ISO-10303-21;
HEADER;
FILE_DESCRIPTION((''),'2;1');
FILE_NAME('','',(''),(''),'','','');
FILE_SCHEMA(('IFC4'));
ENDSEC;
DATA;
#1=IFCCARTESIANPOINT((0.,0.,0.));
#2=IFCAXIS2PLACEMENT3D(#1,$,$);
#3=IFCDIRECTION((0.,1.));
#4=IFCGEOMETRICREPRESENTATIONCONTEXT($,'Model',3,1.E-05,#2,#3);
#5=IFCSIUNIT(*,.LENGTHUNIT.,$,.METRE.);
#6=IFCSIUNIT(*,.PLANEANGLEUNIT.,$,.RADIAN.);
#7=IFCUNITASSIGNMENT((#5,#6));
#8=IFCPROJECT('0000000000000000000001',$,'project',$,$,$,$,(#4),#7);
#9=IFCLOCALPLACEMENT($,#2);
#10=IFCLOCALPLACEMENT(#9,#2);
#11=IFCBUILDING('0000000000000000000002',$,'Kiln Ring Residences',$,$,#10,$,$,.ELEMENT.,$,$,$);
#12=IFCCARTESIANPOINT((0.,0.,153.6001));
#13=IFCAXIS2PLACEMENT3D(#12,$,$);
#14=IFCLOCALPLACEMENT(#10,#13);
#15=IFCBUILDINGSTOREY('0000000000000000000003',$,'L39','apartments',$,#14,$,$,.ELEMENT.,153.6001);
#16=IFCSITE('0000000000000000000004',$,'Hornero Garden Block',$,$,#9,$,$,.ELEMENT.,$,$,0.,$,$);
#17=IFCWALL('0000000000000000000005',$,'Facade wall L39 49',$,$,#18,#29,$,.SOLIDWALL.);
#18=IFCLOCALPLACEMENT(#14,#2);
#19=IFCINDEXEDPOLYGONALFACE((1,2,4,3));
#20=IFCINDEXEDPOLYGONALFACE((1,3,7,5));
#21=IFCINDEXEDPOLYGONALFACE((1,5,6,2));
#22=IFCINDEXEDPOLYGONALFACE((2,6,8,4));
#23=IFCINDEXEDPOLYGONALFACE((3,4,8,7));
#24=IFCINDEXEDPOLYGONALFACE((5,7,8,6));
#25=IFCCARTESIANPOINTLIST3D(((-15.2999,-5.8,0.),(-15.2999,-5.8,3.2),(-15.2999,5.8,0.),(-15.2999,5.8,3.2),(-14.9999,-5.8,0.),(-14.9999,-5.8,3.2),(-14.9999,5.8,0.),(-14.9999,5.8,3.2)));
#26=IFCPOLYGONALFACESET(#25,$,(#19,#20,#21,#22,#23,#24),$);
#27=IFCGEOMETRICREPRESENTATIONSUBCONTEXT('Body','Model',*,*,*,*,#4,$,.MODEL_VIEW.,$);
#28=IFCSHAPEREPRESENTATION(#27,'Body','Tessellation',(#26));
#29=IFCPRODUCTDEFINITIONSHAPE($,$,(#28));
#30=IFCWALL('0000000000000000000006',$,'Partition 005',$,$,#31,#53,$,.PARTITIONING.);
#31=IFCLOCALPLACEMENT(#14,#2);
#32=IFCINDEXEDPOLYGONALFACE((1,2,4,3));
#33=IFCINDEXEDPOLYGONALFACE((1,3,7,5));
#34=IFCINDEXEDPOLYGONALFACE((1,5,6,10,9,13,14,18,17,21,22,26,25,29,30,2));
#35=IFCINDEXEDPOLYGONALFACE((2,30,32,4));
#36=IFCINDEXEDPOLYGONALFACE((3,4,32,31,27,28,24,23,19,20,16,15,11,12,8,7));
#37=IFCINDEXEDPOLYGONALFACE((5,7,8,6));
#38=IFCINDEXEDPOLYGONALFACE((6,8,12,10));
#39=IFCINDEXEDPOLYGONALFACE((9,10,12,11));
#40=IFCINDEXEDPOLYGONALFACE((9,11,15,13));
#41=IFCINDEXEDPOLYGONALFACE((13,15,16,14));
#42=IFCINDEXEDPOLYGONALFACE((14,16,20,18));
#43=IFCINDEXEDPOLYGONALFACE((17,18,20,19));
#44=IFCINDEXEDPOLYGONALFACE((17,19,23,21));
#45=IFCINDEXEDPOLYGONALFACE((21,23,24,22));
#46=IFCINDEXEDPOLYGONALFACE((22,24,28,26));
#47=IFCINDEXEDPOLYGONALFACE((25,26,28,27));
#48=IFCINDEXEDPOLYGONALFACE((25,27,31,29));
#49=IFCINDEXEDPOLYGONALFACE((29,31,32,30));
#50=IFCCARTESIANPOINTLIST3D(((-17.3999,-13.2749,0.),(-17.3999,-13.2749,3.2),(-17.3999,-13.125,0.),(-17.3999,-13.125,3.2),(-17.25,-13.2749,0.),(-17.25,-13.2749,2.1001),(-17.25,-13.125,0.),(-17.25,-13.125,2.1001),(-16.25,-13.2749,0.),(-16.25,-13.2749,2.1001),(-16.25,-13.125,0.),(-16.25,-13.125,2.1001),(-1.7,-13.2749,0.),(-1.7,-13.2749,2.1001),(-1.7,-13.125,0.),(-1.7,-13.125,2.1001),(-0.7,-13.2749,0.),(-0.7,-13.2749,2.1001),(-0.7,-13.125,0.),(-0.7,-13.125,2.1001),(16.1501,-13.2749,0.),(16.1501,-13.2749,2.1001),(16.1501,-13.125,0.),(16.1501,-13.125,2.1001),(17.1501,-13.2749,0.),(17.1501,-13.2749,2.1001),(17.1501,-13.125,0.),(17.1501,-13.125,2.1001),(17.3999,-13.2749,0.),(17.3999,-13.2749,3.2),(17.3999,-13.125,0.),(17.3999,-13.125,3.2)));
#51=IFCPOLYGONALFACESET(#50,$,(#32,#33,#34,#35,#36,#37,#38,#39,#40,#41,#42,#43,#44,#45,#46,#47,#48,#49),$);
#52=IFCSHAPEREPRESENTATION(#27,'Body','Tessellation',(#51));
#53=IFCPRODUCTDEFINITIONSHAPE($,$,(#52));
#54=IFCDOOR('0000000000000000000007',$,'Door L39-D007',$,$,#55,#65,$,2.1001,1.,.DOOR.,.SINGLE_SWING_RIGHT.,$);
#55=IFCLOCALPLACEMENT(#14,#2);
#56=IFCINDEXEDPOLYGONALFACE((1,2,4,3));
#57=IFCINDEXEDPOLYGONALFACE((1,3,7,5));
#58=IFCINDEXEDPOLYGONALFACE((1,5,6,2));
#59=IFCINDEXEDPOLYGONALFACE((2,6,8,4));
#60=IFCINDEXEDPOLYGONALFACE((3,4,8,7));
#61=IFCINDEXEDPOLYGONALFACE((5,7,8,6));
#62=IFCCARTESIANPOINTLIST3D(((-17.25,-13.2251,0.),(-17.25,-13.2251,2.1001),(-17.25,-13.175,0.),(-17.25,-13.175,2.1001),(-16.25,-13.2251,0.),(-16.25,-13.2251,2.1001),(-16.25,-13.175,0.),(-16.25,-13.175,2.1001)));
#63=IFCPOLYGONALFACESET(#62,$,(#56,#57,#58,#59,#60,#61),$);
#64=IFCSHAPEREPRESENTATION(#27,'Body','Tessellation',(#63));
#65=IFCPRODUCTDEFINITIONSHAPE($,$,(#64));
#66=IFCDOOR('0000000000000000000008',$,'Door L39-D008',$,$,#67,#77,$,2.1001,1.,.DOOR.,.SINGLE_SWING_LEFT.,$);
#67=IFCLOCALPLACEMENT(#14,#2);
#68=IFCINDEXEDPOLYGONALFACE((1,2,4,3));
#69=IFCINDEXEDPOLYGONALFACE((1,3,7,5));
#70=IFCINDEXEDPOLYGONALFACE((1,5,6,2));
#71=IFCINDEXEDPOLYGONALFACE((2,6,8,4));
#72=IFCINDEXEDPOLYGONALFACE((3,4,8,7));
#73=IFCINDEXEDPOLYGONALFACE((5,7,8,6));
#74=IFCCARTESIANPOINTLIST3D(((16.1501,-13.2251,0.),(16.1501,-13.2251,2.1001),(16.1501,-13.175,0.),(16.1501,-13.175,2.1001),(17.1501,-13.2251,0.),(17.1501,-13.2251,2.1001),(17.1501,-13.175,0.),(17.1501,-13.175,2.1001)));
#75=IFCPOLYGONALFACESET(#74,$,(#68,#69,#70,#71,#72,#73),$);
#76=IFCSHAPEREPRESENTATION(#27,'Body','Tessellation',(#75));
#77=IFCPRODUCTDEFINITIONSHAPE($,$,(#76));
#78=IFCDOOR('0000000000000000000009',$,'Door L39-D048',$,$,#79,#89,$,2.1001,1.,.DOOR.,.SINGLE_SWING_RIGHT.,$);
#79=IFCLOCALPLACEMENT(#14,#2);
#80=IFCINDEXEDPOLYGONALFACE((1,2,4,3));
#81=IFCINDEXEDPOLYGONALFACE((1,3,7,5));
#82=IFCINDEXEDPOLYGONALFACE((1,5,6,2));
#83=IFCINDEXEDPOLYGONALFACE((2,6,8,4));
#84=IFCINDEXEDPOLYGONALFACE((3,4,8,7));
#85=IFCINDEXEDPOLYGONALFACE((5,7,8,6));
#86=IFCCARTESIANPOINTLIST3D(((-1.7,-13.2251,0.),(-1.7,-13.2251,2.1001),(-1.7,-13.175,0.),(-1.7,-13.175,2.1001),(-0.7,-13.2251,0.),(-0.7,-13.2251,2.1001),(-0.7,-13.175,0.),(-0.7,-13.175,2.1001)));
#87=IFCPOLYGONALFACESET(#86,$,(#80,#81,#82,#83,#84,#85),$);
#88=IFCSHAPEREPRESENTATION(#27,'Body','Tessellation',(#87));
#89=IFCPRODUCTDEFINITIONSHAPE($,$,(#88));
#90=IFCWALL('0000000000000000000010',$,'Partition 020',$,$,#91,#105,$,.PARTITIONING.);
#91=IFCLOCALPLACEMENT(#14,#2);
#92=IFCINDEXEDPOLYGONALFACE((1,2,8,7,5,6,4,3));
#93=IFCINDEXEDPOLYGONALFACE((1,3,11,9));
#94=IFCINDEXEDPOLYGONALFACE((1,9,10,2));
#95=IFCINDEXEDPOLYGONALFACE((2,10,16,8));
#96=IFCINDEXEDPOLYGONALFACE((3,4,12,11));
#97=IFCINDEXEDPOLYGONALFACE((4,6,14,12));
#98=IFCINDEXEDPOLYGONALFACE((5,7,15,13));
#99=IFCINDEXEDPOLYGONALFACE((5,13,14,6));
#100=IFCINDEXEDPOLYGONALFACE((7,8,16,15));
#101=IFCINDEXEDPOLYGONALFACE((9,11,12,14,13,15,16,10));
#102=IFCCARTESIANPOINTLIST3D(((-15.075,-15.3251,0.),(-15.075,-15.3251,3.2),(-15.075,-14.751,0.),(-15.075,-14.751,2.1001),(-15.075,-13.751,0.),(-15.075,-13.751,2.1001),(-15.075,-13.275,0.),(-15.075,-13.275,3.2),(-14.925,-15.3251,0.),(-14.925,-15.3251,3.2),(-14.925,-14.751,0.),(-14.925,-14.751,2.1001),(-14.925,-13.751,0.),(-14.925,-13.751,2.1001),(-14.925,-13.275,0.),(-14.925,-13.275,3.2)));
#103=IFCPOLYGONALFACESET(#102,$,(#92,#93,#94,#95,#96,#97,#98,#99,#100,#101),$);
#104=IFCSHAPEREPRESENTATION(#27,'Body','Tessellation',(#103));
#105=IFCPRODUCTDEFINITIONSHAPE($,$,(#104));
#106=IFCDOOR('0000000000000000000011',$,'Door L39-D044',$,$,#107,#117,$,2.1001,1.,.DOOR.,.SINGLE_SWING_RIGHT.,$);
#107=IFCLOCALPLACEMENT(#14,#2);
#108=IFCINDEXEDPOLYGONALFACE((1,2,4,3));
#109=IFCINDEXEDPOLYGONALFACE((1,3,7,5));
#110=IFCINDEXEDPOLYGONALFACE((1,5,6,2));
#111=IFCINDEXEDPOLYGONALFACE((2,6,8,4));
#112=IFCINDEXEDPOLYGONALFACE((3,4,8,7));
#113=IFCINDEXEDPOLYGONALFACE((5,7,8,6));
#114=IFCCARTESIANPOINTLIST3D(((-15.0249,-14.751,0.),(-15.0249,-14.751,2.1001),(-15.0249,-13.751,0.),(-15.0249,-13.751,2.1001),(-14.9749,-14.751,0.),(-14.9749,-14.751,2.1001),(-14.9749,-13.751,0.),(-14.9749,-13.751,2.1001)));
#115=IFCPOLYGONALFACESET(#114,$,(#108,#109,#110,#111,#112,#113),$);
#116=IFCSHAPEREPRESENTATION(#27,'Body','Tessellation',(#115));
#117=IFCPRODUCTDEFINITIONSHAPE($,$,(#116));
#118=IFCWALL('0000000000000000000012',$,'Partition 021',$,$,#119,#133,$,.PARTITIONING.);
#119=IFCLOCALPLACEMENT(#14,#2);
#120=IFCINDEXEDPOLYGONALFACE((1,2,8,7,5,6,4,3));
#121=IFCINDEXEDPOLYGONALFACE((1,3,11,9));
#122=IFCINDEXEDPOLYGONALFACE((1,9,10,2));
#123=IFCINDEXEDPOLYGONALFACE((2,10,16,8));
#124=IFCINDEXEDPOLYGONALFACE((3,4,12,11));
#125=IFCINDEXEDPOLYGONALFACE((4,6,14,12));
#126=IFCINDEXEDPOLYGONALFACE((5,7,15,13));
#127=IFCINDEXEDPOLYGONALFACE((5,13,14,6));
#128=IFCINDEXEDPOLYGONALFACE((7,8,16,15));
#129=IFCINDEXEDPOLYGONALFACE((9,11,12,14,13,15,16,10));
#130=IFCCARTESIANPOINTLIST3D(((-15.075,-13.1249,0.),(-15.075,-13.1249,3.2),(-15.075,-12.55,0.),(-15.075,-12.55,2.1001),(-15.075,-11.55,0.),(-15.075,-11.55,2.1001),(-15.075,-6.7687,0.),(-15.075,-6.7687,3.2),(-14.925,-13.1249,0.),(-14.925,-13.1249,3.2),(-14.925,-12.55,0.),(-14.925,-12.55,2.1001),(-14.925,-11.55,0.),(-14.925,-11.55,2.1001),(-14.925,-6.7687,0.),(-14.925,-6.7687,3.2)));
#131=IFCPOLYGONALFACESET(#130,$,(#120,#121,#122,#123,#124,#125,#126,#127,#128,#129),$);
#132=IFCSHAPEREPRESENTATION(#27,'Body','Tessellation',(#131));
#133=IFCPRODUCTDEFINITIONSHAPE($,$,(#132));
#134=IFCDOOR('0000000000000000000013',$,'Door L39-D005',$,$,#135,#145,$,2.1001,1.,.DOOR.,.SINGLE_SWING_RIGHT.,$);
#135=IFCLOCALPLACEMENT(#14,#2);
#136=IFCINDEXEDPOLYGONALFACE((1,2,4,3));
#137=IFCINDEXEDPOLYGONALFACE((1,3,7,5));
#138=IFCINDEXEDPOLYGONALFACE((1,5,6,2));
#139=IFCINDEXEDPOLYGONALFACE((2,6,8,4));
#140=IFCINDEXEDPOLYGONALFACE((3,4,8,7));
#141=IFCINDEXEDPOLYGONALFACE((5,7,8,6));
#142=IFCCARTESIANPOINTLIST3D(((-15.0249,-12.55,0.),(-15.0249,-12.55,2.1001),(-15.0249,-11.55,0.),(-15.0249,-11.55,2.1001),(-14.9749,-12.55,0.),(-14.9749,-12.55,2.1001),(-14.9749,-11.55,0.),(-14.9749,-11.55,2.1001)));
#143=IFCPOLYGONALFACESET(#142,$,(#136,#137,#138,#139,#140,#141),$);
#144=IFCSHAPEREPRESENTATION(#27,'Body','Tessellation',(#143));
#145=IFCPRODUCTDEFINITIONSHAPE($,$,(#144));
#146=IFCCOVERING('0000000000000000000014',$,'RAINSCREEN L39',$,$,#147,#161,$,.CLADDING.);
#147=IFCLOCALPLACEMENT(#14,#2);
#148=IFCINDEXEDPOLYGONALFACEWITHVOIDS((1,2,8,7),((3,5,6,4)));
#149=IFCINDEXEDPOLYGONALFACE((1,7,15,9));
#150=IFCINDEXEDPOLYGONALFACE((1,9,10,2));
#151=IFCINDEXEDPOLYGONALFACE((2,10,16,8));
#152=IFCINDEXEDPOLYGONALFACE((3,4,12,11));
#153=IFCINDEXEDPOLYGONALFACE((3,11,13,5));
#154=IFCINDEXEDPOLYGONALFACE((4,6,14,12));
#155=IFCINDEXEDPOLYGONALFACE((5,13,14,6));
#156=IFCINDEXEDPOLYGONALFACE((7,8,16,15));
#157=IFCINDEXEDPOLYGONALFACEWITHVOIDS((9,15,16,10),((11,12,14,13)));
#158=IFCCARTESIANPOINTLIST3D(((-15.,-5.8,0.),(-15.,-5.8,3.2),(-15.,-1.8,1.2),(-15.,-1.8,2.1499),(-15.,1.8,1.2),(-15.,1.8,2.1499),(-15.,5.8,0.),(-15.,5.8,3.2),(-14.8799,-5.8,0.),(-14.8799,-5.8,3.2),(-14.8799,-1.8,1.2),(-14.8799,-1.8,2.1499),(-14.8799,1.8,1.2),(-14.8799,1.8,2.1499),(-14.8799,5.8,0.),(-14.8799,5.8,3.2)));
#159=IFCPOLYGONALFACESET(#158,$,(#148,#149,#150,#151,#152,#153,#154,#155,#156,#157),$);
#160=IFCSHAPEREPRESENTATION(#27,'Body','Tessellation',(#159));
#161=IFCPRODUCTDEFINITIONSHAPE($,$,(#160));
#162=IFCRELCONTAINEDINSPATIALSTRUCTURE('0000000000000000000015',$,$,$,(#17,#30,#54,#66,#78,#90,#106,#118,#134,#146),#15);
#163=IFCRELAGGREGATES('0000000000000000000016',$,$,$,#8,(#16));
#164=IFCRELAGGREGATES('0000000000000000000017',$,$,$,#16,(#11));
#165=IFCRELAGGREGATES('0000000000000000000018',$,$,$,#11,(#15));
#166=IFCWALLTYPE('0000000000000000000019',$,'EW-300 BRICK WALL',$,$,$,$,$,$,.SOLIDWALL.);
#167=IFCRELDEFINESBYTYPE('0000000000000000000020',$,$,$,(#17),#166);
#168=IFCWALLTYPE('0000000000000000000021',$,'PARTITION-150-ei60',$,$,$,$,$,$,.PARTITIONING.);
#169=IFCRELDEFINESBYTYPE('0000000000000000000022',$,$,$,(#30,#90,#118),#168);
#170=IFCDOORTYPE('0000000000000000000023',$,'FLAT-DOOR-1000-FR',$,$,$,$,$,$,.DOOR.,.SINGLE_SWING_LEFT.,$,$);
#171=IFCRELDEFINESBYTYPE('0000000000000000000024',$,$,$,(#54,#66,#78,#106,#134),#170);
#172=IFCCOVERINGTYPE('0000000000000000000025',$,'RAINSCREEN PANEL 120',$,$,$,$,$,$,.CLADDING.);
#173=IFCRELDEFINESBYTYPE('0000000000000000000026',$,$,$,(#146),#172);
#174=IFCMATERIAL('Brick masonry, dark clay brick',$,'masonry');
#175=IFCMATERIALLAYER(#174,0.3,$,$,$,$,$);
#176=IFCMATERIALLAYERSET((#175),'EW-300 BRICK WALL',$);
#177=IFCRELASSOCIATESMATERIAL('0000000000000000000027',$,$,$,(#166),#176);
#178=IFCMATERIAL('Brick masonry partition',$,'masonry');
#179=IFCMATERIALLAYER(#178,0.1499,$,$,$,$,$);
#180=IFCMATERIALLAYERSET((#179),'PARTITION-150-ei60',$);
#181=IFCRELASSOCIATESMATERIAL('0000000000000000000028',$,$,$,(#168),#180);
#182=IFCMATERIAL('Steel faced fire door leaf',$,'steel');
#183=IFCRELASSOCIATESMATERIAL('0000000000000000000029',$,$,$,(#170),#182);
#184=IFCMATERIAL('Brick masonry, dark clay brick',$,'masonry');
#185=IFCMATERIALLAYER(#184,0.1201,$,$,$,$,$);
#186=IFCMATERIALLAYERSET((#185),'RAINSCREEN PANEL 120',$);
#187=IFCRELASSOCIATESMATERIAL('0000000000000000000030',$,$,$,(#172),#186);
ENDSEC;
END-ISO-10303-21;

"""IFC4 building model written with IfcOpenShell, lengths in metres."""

from ifc_helpers import new_model, si_unit, direction, frame, frame_2d, origin, place, context, subcontext, project, spatial, polyline, rectangle, outline, extrude, material, layer, layer_set, type_object, element, fill, save


model = new_model("IFC4")

# Units and contexts
model_context = context("Model", 3, precision=1e-05, world=origin(), true_north=direction((0.0, 1.0)))
body_context = subcontext(model_context, "Body", "Model", "MODEL_VIEW")
ifc_project = project(units=[si_unit("LENGTHUNIT", "METRE"), si_unit("PLANEANGLEUNIT", "RADIAN")], contexts=[model_context])

# Site, building, storey
site_placement = place(None, origin())
site = spatial("IfcSite", under=ifc_project, at=site_placement, Name="Hornero Garden Block", CompositionType="ELEMENT", RefElevation=0.0)
building_placement = place(site_placement, origin())
building = spatial("IfcBuilding", under=site, at=building_placement, Name="Kiln Ring Residences", CompositionType="ELEMENT")
storey_placement = place(building_placement, frame((0.0, 0.0, 153.6001)))
storey = spatial("IfcBuildingStorey", under=building, at=storey_placement, Name="L39", Description="apartments", CompositionType="ELEMENT", Elevation=153.6001)

# Wall
ifc_material_1 = material(Name="Brick masonry, dark clay brick", Category="masonry")
ifc_layer_1 = layer(ifc_material_1, 0.3)
ifc_layer_set_1 = layer_set([ifc_layer_1], Name="EW-300 BRICK WALL")
wall_type_1 = type_object("IfcWallType", Name="EW-300 BRICK WALL", PredefinedType="SOLIDWALL", material=ifc_layer_set_1)
wall_1_placement = place(storey_placement, frame((-15.1499, -5.8, 0.0), z_axis=(0.0, 0.0, 1.0), x_axis=(0.0, 1.0, 0.0)))
element("IfcWall", 1, at=wall_1_placement, inside=storey, type_object=wall_type_1, Name="Facade wall L39 49", PredefinedType="SOLIDWALL", context=body_context, shape_type="SweptSolid", body=[
    extrude(rectangle(XDim=11.6001, YDim=0.3, at=frame_2d((5.8, 0.0))), origin(), (0.0, 0.0, 1.0), 3.2),
])

# Wall, openings, doors
ifc_material_2 = material(Name="Brick masonry partition", Category="masonry")
ifc_layer_2 = layer(ifc_material_2, 0.1499)
ifc_layer_set_2 = layer_set([ifc_layer_2], Name="PARTITION-150-ei60")
wall_type_2 = type_object("IfcWallType", Name="PARTITION-150-ei60", PredefinedType="PARTITIONING", material=ifc_layer_set_2)
wall_2_placement = place(storey_placement, frame((-17.3999, -13.2, 0.0), z_axis=(0.0, 0.0, 1.0), x_axis=(1.0, 0.0, 0.0)))
wall_2 = element("IfcWall", 2, at=wall_2_placement, inside=storey, type_object=wall_type_2, Name="Partition 005", PredefinedType="PARTITIONING", context=body_context, shape_type="SweptSolid", body=[
    extrude(rectangle(XDim=34.7998, YDim=0.1499, at=frame_2d((17.3999, 0.0))), origin(), (0.0, 0.0, 1.0), 3.2),
])
opening_1_placement = place(wall_2_placement, frame((0.1499, 0.0, 0.0)))
opening_1 = element("IfcOpeningElement", 3, at=opening_1_placement, cuts=wall_2, PredefinedType="OPENING", context=body_context, shape_type="SweptSolid", body=[
    extrude(rectangle(XDim=1.0, YDim=2.1001, at=frame_2d((0.5, 1.05))), frame((0.0, 0.085, 0.0), z_axis=(0.0, -1.0, 0.0), x_axis=(1.0, 0.0, 0.0)), (0.0, 0.0, 1.0), 0.1699),
])
opening_2_placement = place(wall_2_placement, frame((33.55, 0.0, 0.0)))
opening_2 = element("IfcOpeningElement", 4, at=opening_2_placement, cuts=wall_2, PredefinedType="OPENING", context=body_context, shape_type="SweptSolid", body=[
    extrude(rectangle(XDim=1.0, YDim=2.1001, at=frame_2d((0.5, 1.05))), frame((0.0, 0.085, 0.0), z_axis=(0.0, -1.0, 0.0), x_axis=(1.0, 0.0, 0.0)), (0.0, 0.0, 1.0), 0.1699),
])
opening_3_placement = place(wall_2_placement, frame((15.7, 0.0, 0.0)))
opening_3 = element("IfcOpeningElement", 5, at=opening_3_placement, cuts=wall_2, PredefinedType="OPENING", context=body_context, shape_type="SweptSolid", body=[
    extrude(rectangle(XDim=1.0, YDim=2.1001, at=frame_2d((0.5, 1.05))), frame((0.0, 0.085, 0.0), z_axis=(0.0, -1.0, 0.0), x_axis=(1.0, 0.0, 0.0)), (0.0, 0.0, 1.0), 0.1699),
])
ifc_material_3 = material(Name="Steel faced fire door leaf", Category="steel")
door_type_1 = type_object("IfcDoorType", Name="FLAT-DOOR-1000-FR", OperationType="SINGLE_SWING_LEFT", PredefinedType="DOOR", material=ifc_material_3)
door_1_placement = place(opening_1_placement, origin())
door_1 = element("IfcDoor", 6, at=door_1_placement, inside=storey, type_object=door_type_1, Name="Door L39-D007", OperationType="SINGLE_SWING_RIGHT", OverallHeight=2.1001, OverallWidth=1.0, PredefinedType="DOOR", context=body_context, shape_type="SweptSolid", body=[
    extrude(rectangle(XDim=1.0, YDim=2.1001, at=frame_2d((0.5, 1.05))), frame((0.0, 0.0249, 0.0), z_axis=(0.0, -1.0, 0.0), x_axis=(1.0, 0.0, 0.0)), (0.0, 0.0, 1.0), 0.05),
])
fill(opening_1, door_1)
door_2_placement = place(opening_2_placement, origin())
door_2 = element("IfcDoor", 7, at=door_2_placement, inside=storey, type_object=door_type_1, Name="Door L39-D008", OperationType="SINGLE_SWING_LEFT", OverallHeight=2.1001, OverallWidth=1.0, PredefinedType="DOOR", context=body_context, shape_type="SweptSolid", body=[
    extrude(rectangle(XDim=1.0, YDim=2.1001, at=frame_2d((0.5, 1.05))), frame((0.0, 0.0249, 0.0), z_axis=(0.0, -1.0, 0.0), x_axis=(1.0, 0.0, 0.0)), (0.0, 0.0, 1.0), 0.05),
])
fill(opening_2, door_2)
door_3_placement = place(opening_3_placement, origin())
door_3 = element("IfcDoor", 8, at=door_3_placement, inside=storey, type_object=door_type_1, Name="Door L39-D048", OperationType="SINGLE_SWING_RIGHT", OverallHeight=2.1001, OverallWidth=1.0, PredefinedType="DOOR", context=body_context, shape_type="SweptSolid", body=[
    extrude(rectangle(XDim=1.0, YDim=2.1001, at=frame_2d((0.5, 1.05))), frame((0.0, 0.0249, 0.0), z_axis=(0.0, -1.0, 0.0), x_axis=(1.0, 0.0, 0.0)), (0.0, 0.0, 1.0), 0.05),
])
fill(opening_3, door_3)

# Walls, openings, doors
wall_3_placement = place(storey_placement, frame((-15.0, -15.325, 0.0), z_axis=(0.0, 0.0, 1.0), x_axis=(0.0, 1.0, 0.0)))
wall_3 = element("IfcWall", 9, at=wall_3_placement, inside=storey, type_object=wall_type_2, Name="Partition 020", PredefinedType="PARTITIONING", context=body_context, shape_type="SweptSolid", body=[
    extrude(rectangle(XDim=2.05, YDim=0.1499, at=frame_2d((1.0249, 0.0))), origin(), (0.0, 0.0, 1.0), 3.2),
])
opening_4_placement = place(wall_3_placement, frame((0.574, 0.0, 0.0)))
opening_4 = element("IfcOpeningElement", 10, at=opening_4_placement, cuts=wall_3, PredefinedType="OPENING", context=body_context, shape_type="SweptSolid", body=[
    extrude(rectangle(XDim=1.0, YDim=2.1001, at=frame_2d((0.5, 1.05))), frame((0.0, 0.085, 0.0), z_axis=(0.0, -1.0, 0.0), x_axis=(1.0, 0.0, 0.0)), (0.0, 0.0, 1.0), 0.1699),
])
door_4_placement = place(opening_4_placement, origin())
door_4 = element("IfcDoor", 11, at=door_4_placement, inside=storey, type_object=door_type_1, Name="Door L39-D044", OperationType="SINGLE_SWING_RIGHT", OverallHeight=2.1001, OverallWidth=1.0, PredefinedType="DOOR", context=body_context, shape_type="SweptSolid", body=[
    extrude(rectangle(XDim=1.0, YDim=2.1001, at=frame_2d((0.5, 1.05))), frame((0.0, 0.0249, 0.0), z_axis=(0.0, -1.0, 0.0), x_axis=(1.0, 0.0, 0.0)), (0.0, 0.0, 1.0), 0.05),
])
fill(opening_4, door_4)
wall_4_placement = place(storey_placement, frame((-15.0, -13.125, 0.0), z_axis=(0.0, 0.0, 1.0), x_axis=(0.0, 1.0, 0.0)))
wall_4 = element("IfcWall", 12, at=wall_4_placement, inside=storey, type_object=wall_type_2, Name="Partition 021", PredefinedType="PARTITIONING", context=body_context, shape_type="SweptSolid", body=[
    extrude(rectangle(XDim=6.3562, YDim=0.1499, at=frame_2d((3.1782, 0.0))), origin(), (0.0, 0.0, 1.0), 3.2),
])
opening_5_placement = place(wall_4_placement, frame((0.575, 0.0, 0.0)))
opening_5 = element("IfcOpeningElement", 13, at=opening_5_placement, cuts=wall_4, PredefinedType="OPENING", context=body_context, shape_type="SweptSolid", body=[
    extrude(rectangle(XDim=1.0, YDim=2.1001, at=frame_2d((0.5, 1.05))), frame((0.0, 0.085, 0.0), z_axis=(0.0, -1.0, 0.0), x_axis=(1.0, 0.0, 0.0)), (0.0, 0.0, 1.0), 0.1699),
])
door_5_placement = place(opening_5_placement, origin())
door_5 = element("IfcDoor", 14, at=door_5_placement, inside=storey, type_object=door_type_1, Name="Door L39-D005", OperationType="SINGLE_SWING_RIGHT", OverallHeight=2.1001, OverallWidth=1.0, PredefinedType="DOOR", context=body_context, shape_type="SweptSolid", body=[
    extrude(rectangle(XDim=1.0, YDim=2.1001, at=frame_2d((0.5, 1.05))), frame((0.0, 0.0249, 0.0), z_axis=(0.0, -1.0, 0.0), x_axis=(1.0, 0.0, 0.0)), (0.0, 0.0, 1.0), 0.05),
])
fill(opening_5, door_5)

# Covering
ifc_material_4 = material(Name="Brick masonry, dark clay brick", Category="masonry")
ifc_layer_3 = layer(ifc_material_4, 0.1201)
ifc_layer_set_3 = layer_set([ifc_layer_3], Name="RAINSCREEN PANEL 120")
covering_type = type_object("IfcCoveringType", Name="RAINSCREEN PANEL 120", PredefinedType="CLADDING", material=ifc_layer_set_3)
covering_placement = place(storey_placement, frame((-14.9399, -5.8, 0.0), z_axis=(0.0, 0.0, 1.0), x_axis=(0.0, 1.0, 0.0)))
element("IfcCovering", 15, at=covering_placement, inside=storey, type_object=covering_type, Name="RAINSCREEN L39", PredefinedType="CLADDING", context=body_context, shape_type="SweptSolid", body=[
    extrude(outline(polyline([(0.0, 0.0), (11.6001, 0.0), (11.6001, 3.2), (0.0, 3.2), (0.0, 0.0)]), holes=[polyline([(4.0, 2.1499), (4.0, 1.2), (7.6001, 1.2), (7.6001, 2.1499), (4.0, 2.1499)])]), frame((0.0, 0.0601, 0.0), z_axis=(0.0, -1.0, 0.0), x_axis=(1.0, 0.0, 0.0)), (0.0, 0.0, 1.0), 0.1201),
])

save(model, "model.ifc")
